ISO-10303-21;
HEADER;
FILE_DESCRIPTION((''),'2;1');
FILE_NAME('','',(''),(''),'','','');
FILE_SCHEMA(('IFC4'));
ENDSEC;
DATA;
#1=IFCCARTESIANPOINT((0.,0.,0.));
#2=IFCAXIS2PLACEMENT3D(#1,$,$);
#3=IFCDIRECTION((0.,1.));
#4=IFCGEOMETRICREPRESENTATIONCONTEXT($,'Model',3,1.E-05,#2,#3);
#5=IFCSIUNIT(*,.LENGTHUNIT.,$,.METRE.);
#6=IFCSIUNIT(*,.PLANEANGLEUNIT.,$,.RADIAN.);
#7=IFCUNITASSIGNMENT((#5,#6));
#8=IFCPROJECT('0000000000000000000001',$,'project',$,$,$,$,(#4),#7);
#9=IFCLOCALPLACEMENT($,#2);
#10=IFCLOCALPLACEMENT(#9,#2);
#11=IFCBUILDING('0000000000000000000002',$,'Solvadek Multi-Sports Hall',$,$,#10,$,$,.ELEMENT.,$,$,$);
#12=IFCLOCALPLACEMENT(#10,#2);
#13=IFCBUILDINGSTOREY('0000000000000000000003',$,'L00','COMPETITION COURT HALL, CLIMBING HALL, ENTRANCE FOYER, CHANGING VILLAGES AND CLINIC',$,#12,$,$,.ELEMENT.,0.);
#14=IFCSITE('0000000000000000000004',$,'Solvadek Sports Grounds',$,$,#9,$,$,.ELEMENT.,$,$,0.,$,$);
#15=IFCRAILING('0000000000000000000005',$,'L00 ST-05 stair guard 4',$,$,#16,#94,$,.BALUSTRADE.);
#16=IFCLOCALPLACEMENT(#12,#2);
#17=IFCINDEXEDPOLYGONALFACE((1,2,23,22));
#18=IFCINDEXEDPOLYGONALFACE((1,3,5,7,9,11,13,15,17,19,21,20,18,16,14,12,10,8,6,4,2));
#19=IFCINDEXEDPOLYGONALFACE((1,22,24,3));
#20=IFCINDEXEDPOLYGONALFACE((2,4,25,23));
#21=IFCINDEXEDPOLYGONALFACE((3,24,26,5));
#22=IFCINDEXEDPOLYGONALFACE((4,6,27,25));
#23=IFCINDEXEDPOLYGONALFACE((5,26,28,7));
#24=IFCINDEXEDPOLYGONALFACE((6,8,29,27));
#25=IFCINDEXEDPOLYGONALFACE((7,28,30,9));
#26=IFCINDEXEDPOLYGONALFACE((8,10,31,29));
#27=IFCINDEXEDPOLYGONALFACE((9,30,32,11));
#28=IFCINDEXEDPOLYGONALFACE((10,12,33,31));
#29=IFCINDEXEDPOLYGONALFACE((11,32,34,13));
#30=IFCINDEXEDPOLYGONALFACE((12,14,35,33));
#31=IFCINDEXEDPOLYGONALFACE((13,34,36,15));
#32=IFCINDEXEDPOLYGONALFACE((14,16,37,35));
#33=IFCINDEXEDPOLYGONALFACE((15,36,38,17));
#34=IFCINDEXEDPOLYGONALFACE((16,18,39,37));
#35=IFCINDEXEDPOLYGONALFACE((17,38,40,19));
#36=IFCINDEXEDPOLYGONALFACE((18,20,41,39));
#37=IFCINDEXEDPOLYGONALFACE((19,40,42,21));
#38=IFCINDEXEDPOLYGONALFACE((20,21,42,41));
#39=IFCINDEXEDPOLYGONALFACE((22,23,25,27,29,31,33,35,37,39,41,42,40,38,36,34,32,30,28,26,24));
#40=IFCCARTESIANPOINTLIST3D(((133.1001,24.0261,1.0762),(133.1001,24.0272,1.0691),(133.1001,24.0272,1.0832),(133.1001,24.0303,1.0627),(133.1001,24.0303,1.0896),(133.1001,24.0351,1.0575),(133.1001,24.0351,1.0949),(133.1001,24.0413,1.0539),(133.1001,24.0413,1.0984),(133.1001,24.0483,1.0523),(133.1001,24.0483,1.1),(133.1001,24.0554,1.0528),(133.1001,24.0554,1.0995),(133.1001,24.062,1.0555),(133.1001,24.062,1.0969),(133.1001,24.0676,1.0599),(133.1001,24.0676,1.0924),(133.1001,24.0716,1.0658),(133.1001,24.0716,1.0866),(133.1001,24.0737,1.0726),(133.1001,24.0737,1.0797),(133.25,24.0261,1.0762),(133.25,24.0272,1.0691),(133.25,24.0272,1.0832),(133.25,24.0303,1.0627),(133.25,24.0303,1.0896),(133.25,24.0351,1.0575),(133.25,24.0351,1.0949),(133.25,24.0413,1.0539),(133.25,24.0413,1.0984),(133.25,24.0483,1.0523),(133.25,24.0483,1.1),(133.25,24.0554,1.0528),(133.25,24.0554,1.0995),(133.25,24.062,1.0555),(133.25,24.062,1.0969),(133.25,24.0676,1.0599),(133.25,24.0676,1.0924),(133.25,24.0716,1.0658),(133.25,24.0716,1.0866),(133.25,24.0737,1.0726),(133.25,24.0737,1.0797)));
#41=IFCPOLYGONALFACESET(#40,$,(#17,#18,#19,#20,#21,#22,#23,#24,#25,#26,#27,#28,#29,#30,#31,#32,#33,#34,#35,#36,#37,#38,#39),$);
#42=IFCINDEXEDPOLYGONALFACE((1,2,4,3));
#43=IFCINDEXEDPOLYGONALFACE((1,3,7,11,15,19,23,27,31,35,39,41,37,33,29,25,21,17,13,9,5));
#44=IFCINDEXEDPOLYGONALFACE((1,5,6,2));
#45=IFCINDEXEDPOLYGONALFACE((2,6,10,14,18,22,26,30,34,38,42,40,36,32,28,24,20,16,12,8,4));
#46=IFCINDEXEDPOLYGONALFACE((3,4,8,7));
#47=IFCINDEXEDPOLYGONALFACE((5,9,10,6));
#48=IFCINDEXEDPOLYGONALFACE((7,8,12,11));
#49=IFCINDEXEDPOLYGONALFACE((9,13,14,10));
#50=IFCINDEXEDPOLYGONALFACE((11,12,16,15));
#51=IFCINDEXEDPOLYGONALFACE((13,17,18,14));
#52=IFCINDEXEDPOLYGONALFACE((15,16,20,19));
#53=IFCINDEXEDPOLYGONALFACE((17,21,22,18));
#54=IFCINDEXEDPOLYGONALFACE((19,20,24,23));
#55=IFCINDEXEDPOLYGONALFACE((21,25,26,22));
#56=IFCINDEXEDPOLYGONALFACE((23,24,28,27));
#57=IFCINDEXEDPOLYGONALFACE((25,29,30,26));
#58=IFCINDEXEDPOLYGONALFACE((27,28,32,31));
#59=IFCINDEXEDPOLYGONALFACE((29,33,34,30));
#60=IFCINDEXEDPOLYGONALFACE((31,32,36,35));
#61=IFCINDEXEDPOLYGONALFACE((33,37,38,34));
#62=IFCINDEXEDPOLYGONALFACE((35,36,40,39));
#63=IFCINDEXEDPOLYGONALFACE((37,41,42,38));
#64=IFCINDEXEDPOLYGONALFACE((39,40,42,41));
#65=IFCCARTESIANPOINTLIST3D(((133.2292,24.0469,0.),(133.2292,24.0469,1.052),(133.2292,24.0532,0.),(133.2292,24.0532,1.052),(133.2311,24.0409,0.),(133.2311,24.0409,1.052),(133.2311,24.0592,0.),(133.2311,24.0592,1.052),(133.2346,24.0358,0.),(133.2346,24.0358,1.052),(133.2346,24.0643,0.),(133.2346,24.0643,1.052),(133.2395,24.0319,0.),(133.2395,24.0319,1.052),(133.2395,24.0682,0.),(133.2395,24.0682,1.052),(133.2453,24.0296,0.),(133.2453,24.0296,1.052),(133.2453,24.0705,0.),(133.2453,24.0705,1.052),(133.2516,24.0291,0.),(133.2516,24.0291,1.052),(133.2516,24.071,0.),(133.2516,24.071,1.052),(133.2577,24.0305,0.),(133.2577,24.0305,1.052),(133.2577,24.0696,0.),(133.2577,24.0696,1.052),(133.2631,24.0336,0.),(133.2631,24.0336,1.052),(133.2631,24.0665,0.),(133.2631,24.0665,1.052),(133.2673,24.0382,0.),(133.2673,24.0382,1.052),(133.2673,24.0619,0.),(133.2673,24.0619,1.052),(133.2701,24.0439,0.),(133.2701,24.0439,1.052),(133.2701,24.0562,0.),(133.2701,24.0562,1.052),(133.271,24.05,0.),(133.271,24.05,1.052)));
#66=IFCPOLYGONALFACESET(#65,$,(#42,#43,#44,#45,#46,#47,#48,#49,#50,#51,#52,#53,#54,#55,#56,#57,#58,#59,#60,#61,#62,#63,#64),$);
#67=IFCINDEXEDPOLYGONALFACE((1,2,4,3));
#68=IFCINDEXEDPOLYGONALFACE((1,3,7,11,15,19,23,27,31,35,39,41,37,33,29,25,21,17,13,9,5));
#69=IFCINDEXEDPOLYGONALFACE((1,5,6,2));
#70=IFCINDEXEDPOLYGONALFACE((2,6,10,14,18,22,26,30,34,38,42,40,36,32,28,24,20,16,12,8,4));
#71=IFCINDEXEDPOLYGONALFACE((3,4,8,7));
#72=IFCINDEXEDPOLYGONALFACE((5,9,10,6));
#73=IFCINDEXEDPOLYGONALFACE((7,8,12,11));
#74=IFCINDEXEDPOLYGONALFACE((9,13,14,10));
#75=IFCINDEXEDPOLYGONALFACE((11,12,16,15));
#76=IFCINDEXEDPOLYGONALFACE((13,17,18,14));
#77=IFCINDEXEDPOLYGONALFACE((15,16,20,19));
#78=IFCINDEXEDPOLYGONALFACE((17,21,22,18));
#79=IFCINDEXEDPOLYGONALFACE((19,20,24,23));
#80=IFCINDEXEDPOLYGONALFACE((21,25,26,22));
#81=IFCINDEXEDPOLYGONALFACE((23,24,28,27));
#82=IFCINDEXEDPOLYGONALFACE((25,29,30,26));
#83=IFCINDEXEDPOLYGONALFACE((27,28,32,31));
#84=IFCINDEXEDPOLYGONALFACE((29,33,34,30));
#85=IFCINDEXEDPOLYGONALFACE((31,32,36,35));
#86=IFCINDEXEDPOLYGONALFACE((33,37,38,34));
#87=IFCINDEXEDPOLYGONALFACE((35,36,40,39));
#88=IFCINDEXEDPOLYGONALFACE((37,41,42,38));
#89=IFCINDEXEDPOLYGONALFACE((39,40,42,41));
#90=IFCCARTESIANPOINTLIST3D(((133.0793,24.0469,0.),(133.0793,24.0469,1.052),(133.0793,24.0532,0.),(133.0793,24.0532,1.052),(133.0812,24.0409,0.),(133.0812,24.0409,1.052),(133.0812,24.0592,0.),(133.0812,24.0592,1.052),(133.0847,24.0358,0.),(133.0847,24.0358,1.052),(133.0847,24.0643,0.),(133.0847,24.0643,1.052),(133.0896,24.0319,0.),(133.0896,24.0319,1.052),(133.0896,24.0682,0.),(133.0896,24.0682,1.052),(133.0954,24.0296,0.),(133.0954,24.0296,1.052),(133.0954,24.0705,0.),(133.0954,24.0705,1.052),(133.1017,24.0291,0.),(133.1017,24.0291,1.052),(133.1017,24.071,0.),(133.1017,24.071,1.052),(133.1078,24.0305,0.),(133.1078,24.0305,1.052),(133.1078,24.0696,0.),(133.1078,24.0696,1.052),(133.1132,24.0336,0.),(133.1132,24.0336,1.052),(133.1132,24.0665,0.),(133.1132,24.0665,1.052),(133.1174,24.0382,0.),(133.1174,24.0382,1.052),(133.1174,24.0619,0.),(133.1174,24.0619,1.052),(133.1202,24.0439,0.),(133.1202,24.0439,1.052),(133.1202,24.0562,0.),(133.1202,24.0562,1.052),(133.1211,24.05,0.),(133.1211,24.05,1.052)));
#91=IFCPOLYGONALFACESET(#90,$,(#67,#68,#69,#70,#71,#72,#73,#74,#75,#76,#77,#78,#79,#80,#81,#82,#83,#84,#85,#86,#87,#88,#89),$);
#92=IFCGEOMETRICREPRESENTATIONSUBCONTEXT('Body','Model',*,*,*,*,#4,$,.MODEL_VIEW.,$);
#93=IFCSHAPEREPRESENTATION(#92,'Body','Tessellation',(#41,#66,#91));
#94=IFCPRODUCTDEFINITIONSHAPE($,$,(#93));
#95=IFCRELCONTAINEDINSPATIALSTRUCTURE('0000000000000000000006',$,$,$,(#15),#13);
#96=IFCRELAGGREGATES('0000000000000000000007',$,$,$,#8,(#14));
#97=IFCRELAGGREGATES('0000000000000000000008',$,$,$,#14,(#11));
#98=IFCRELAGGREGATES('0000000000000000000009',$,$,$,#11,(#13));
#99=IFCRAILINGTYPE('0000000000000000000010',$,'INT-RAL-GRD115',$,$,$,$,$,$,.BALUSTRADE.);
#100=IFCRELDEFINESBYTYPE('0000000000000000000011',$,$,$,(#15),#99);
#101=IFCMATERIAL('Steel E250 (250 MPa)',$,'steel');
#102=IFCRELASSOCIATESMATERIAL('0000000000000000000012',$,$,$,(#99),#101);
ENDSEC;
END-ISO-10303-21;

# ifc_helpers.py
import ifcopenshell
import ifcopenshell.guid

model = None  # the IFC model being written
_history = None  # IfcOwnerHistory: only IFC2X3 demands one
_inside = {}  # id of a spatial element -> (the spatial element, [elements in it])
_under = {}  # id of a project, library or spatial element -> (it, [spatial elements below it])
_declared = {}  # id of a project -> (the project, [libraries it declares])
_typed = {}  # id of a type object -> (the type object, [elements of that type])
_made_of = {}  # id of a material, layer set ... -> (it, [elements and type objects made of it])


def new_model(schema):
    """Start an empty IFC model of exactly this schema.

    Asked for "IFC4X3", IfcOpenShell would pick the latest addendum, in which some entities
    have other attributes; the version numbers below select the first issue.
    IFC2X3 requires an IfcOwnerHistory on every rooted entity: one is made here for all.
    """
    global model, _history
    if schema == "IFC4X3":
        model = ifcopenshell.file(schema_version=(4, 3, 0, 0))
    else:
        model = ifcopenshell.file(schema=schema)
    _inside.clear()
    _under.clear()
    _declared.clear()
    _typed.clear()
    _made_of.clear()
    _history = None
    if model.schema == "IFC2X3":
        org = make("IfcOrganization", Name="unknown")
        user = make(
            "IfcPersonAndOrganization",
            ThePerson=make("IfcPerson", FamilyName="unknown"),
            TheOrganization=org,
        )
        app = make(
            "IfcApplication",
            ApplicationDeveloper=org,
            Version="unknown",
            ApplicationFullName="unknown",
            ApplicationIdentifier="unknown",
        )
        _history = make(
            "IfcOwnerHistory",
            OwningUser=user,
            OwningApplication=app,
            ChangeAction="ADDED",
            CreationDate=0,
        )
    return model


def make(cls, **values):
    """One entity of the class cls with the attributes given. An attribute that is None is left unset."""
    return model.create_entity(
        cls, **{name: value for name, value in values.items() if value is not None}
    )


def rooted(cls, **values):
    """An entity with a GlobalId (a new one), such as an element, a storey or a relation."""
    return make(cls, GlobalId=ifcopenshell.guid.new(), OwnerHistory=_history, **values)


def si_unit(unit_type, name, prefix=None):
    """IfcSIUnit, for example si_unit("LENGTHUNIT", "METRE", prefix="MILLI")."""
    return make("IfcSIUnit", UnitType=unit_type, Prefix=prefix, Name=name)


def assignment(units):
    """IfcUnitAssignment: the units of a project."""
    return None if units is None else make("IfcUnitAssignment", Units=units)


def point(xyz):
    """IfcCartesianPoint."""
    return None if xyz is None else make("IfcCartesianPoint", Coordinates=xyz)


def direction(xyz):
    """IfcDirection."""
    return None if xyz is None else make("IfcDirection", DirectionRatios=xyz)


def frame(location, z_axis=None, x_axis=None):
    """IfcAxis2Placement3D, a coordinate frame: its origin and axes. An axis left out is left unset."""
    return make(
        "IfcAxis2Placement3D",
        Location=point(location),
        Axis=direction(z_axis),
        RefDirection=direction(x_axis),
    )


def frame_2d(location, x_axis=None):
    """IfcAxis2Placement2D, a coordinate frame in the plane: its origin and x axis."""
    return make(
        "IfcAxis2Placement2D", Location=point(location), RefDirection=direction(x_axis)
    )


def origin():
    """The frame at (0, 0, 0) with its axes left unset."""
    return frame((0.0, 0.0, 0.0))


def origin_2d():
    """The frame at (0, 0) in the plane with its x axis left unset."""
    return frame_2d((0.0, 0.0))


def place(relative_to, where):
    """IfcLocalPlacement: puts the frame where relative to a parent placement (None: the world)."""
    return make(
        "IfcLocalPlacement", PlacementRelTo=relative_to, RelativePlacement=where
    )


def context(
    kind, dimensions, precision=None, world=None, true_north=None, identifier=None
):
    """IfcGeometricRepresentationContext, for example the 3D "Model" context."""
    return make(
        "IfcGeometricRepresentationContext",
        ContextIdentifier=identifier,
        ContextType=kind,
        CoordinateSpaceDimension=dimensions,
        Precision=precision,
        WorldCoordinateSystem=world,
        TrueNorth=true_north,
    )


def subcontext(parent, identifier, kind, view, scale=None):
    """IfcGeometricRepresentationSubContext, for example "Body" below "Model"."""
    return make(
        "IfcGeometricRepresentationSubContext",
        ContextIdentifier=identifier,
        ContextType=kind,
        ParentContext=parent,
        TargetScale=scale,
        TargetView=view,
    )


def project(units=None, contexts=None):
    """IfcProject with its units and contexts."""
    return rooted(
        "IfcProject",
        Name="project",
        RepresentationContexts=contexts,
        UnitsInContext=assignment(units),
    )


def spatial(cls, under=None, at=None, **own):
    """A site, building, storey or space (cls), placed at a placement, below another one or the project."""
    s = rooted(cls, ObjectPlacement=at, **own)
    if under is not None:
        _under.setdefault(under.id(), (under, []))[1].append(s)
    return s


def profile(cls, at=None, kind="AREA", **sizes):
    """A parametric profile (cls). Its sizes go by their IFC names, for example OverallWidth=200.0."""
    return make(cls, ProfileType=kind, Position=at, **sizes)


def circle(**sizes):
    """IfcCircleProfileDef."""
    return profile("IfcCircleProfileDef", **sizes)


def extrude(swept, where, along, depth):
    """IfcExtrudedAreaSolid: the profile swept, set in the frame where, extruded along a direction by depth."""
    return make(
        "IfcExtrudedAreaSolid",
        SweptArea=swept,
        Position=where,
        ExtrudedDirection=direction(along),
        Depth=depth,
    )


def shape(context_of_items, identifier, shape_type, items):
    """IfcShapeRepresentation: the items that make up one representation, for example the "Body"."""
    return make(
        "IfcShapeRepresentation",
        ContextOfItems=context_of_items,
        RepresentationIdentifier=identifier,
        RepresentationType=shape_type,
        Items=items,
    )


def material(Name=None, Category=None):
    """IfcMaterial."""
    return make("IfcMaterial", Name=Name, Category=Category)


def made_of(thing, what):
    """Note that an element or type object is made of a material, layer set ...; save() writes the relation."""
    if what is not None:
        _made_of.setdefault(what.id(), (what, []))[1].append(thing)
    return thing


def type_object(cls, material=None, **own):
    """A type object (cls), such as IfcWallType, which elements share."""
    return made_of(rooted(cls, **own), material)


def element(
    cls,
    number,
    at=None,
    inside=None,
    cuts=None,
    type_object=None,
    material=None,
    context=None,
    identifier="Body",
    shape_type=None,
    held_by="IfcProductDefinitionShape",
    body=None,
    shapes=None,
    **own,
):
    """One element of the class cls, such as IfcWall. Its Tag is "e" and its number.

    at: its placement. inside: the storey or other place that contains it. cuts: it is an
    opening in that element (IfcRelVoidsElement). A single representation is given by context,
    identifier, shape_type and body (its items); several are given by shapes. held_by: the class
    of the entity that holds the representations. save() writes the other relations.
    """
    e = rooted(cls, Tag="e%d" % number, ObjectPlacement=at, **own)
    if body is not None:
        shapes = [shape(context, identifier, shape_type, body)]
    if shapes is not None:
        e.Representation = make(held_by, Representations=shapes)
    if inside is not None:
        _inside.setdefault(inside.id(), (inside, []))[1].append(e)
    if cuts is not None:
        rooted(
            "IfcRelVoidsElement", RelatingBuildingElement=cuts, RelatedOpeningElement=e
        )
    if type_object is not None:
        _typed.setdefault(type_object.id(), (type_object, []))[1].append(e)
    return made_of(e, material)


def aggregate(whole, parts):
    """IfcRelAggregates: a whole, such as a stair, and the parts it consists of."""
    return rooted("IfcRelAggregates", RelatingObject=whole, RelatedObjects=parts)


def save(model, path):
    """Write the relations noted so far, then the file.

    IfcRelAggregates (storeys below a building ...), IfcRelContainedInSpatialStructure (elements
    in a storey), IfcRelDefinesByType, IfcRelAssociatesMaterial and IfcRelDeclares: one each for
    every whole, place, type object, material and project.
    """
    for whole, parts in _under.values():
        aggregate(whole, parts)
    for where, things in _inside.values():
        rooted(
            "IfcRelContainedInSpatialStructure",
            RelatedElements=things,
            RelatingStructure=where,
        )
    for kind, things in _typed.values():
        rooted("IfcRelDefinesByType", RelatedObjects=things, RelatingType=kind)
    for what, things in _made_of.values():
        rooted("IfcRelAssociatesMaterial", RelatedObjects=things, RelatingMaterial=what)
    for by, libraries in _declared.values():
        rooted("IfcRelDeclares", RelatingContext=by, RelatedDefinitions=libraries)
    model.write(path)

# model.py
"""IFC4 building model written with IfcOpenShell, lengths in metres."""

from ifc_helpers import new_model, si_unit, direction, frame, origin, origin_2d, place, context, subcontext, project, spatial, circle, extrude, material, type_object, element, save


model = new_model("IFC4")

# Units and contexts
model_context = context("Model", 3, precision=1e-05, world=origin(), true_north=direction((0.0, 1.0)))
body_context = subcontext(model_context, "Body", "Model", "MODEL_VIEW")
ifc_project = project(units=[si_unit("LENGTHUNIT", "METRE"), si_unit("PLANEANGLEUNIT", "RADIAN")], contexts=[model_context])

# Site, building, storey
site_placement = place(None, origin())
site = spatial("IfcSite", under=ifc_project, at=site_placement, Name="Solvadek Sports Grounds", CompositionType="ELEMENT", RefElevation=0.0)
building_placement = place(site_placement, origin())
building = spatial("IfcBuilding", under=site, at=building_placement, Name="Solvadek Multi-Sports Hall", CompositionType="ELEMENT")
storey_placement = place(building_placement, origin())
storey = spatial("IfcBuildingStorey", under=building, at=storey_placement, Name="L00", Description="COMPETITION COURT HALL, CLIMBING HALL, ENTRANCE FOYER, CHANGING VILLAGES AND CLINIC", CompositionType="ELEMENT", Elevation=0.0)

# Shared definitions
ifc_material_1 = material(Name="Steel E250 (250 MPa)", Category="steel")

# Railing
railing_type_1 = type_object("IfcRailingType", Name="INT-RAL-GRD115", PredefinedType="BALUSTRADE", material=ifc_material_1)
railing_1_placement = place(storey_placement, frame((133.25, 24.05, 0.0)))
element("IfcRailing", 1, at=railing_1_placement, inside=storey, type_object=railing_type_1, Name="L00 ST-05 stair guard 4", PredefinedType="BALUSTRADE", context=body_context, shape_type="SweptSolid", body=[
    extrude(circle(Radius=0.0239, at=origin_2d()), frame((0.0, 0.0, 1.0762), z_axis=(-1.0, 0.0, 0.0), x_axis=(0.0, -1.0, 0.0)), (0.0, 0.0, 1.0), 0.1499),
    extrude(circle(Radius=0.021, at=origin_2d()), origin(), (0.0, 0.0, 1.0), 1.052),
    extrude(circle(Radius=0.021, at=origin_2d()), frame((-0.1499, 0.0, 0.0)), (0.0, 0.0, 1.0), 1.052),
])

save(model, "model.ifc")
